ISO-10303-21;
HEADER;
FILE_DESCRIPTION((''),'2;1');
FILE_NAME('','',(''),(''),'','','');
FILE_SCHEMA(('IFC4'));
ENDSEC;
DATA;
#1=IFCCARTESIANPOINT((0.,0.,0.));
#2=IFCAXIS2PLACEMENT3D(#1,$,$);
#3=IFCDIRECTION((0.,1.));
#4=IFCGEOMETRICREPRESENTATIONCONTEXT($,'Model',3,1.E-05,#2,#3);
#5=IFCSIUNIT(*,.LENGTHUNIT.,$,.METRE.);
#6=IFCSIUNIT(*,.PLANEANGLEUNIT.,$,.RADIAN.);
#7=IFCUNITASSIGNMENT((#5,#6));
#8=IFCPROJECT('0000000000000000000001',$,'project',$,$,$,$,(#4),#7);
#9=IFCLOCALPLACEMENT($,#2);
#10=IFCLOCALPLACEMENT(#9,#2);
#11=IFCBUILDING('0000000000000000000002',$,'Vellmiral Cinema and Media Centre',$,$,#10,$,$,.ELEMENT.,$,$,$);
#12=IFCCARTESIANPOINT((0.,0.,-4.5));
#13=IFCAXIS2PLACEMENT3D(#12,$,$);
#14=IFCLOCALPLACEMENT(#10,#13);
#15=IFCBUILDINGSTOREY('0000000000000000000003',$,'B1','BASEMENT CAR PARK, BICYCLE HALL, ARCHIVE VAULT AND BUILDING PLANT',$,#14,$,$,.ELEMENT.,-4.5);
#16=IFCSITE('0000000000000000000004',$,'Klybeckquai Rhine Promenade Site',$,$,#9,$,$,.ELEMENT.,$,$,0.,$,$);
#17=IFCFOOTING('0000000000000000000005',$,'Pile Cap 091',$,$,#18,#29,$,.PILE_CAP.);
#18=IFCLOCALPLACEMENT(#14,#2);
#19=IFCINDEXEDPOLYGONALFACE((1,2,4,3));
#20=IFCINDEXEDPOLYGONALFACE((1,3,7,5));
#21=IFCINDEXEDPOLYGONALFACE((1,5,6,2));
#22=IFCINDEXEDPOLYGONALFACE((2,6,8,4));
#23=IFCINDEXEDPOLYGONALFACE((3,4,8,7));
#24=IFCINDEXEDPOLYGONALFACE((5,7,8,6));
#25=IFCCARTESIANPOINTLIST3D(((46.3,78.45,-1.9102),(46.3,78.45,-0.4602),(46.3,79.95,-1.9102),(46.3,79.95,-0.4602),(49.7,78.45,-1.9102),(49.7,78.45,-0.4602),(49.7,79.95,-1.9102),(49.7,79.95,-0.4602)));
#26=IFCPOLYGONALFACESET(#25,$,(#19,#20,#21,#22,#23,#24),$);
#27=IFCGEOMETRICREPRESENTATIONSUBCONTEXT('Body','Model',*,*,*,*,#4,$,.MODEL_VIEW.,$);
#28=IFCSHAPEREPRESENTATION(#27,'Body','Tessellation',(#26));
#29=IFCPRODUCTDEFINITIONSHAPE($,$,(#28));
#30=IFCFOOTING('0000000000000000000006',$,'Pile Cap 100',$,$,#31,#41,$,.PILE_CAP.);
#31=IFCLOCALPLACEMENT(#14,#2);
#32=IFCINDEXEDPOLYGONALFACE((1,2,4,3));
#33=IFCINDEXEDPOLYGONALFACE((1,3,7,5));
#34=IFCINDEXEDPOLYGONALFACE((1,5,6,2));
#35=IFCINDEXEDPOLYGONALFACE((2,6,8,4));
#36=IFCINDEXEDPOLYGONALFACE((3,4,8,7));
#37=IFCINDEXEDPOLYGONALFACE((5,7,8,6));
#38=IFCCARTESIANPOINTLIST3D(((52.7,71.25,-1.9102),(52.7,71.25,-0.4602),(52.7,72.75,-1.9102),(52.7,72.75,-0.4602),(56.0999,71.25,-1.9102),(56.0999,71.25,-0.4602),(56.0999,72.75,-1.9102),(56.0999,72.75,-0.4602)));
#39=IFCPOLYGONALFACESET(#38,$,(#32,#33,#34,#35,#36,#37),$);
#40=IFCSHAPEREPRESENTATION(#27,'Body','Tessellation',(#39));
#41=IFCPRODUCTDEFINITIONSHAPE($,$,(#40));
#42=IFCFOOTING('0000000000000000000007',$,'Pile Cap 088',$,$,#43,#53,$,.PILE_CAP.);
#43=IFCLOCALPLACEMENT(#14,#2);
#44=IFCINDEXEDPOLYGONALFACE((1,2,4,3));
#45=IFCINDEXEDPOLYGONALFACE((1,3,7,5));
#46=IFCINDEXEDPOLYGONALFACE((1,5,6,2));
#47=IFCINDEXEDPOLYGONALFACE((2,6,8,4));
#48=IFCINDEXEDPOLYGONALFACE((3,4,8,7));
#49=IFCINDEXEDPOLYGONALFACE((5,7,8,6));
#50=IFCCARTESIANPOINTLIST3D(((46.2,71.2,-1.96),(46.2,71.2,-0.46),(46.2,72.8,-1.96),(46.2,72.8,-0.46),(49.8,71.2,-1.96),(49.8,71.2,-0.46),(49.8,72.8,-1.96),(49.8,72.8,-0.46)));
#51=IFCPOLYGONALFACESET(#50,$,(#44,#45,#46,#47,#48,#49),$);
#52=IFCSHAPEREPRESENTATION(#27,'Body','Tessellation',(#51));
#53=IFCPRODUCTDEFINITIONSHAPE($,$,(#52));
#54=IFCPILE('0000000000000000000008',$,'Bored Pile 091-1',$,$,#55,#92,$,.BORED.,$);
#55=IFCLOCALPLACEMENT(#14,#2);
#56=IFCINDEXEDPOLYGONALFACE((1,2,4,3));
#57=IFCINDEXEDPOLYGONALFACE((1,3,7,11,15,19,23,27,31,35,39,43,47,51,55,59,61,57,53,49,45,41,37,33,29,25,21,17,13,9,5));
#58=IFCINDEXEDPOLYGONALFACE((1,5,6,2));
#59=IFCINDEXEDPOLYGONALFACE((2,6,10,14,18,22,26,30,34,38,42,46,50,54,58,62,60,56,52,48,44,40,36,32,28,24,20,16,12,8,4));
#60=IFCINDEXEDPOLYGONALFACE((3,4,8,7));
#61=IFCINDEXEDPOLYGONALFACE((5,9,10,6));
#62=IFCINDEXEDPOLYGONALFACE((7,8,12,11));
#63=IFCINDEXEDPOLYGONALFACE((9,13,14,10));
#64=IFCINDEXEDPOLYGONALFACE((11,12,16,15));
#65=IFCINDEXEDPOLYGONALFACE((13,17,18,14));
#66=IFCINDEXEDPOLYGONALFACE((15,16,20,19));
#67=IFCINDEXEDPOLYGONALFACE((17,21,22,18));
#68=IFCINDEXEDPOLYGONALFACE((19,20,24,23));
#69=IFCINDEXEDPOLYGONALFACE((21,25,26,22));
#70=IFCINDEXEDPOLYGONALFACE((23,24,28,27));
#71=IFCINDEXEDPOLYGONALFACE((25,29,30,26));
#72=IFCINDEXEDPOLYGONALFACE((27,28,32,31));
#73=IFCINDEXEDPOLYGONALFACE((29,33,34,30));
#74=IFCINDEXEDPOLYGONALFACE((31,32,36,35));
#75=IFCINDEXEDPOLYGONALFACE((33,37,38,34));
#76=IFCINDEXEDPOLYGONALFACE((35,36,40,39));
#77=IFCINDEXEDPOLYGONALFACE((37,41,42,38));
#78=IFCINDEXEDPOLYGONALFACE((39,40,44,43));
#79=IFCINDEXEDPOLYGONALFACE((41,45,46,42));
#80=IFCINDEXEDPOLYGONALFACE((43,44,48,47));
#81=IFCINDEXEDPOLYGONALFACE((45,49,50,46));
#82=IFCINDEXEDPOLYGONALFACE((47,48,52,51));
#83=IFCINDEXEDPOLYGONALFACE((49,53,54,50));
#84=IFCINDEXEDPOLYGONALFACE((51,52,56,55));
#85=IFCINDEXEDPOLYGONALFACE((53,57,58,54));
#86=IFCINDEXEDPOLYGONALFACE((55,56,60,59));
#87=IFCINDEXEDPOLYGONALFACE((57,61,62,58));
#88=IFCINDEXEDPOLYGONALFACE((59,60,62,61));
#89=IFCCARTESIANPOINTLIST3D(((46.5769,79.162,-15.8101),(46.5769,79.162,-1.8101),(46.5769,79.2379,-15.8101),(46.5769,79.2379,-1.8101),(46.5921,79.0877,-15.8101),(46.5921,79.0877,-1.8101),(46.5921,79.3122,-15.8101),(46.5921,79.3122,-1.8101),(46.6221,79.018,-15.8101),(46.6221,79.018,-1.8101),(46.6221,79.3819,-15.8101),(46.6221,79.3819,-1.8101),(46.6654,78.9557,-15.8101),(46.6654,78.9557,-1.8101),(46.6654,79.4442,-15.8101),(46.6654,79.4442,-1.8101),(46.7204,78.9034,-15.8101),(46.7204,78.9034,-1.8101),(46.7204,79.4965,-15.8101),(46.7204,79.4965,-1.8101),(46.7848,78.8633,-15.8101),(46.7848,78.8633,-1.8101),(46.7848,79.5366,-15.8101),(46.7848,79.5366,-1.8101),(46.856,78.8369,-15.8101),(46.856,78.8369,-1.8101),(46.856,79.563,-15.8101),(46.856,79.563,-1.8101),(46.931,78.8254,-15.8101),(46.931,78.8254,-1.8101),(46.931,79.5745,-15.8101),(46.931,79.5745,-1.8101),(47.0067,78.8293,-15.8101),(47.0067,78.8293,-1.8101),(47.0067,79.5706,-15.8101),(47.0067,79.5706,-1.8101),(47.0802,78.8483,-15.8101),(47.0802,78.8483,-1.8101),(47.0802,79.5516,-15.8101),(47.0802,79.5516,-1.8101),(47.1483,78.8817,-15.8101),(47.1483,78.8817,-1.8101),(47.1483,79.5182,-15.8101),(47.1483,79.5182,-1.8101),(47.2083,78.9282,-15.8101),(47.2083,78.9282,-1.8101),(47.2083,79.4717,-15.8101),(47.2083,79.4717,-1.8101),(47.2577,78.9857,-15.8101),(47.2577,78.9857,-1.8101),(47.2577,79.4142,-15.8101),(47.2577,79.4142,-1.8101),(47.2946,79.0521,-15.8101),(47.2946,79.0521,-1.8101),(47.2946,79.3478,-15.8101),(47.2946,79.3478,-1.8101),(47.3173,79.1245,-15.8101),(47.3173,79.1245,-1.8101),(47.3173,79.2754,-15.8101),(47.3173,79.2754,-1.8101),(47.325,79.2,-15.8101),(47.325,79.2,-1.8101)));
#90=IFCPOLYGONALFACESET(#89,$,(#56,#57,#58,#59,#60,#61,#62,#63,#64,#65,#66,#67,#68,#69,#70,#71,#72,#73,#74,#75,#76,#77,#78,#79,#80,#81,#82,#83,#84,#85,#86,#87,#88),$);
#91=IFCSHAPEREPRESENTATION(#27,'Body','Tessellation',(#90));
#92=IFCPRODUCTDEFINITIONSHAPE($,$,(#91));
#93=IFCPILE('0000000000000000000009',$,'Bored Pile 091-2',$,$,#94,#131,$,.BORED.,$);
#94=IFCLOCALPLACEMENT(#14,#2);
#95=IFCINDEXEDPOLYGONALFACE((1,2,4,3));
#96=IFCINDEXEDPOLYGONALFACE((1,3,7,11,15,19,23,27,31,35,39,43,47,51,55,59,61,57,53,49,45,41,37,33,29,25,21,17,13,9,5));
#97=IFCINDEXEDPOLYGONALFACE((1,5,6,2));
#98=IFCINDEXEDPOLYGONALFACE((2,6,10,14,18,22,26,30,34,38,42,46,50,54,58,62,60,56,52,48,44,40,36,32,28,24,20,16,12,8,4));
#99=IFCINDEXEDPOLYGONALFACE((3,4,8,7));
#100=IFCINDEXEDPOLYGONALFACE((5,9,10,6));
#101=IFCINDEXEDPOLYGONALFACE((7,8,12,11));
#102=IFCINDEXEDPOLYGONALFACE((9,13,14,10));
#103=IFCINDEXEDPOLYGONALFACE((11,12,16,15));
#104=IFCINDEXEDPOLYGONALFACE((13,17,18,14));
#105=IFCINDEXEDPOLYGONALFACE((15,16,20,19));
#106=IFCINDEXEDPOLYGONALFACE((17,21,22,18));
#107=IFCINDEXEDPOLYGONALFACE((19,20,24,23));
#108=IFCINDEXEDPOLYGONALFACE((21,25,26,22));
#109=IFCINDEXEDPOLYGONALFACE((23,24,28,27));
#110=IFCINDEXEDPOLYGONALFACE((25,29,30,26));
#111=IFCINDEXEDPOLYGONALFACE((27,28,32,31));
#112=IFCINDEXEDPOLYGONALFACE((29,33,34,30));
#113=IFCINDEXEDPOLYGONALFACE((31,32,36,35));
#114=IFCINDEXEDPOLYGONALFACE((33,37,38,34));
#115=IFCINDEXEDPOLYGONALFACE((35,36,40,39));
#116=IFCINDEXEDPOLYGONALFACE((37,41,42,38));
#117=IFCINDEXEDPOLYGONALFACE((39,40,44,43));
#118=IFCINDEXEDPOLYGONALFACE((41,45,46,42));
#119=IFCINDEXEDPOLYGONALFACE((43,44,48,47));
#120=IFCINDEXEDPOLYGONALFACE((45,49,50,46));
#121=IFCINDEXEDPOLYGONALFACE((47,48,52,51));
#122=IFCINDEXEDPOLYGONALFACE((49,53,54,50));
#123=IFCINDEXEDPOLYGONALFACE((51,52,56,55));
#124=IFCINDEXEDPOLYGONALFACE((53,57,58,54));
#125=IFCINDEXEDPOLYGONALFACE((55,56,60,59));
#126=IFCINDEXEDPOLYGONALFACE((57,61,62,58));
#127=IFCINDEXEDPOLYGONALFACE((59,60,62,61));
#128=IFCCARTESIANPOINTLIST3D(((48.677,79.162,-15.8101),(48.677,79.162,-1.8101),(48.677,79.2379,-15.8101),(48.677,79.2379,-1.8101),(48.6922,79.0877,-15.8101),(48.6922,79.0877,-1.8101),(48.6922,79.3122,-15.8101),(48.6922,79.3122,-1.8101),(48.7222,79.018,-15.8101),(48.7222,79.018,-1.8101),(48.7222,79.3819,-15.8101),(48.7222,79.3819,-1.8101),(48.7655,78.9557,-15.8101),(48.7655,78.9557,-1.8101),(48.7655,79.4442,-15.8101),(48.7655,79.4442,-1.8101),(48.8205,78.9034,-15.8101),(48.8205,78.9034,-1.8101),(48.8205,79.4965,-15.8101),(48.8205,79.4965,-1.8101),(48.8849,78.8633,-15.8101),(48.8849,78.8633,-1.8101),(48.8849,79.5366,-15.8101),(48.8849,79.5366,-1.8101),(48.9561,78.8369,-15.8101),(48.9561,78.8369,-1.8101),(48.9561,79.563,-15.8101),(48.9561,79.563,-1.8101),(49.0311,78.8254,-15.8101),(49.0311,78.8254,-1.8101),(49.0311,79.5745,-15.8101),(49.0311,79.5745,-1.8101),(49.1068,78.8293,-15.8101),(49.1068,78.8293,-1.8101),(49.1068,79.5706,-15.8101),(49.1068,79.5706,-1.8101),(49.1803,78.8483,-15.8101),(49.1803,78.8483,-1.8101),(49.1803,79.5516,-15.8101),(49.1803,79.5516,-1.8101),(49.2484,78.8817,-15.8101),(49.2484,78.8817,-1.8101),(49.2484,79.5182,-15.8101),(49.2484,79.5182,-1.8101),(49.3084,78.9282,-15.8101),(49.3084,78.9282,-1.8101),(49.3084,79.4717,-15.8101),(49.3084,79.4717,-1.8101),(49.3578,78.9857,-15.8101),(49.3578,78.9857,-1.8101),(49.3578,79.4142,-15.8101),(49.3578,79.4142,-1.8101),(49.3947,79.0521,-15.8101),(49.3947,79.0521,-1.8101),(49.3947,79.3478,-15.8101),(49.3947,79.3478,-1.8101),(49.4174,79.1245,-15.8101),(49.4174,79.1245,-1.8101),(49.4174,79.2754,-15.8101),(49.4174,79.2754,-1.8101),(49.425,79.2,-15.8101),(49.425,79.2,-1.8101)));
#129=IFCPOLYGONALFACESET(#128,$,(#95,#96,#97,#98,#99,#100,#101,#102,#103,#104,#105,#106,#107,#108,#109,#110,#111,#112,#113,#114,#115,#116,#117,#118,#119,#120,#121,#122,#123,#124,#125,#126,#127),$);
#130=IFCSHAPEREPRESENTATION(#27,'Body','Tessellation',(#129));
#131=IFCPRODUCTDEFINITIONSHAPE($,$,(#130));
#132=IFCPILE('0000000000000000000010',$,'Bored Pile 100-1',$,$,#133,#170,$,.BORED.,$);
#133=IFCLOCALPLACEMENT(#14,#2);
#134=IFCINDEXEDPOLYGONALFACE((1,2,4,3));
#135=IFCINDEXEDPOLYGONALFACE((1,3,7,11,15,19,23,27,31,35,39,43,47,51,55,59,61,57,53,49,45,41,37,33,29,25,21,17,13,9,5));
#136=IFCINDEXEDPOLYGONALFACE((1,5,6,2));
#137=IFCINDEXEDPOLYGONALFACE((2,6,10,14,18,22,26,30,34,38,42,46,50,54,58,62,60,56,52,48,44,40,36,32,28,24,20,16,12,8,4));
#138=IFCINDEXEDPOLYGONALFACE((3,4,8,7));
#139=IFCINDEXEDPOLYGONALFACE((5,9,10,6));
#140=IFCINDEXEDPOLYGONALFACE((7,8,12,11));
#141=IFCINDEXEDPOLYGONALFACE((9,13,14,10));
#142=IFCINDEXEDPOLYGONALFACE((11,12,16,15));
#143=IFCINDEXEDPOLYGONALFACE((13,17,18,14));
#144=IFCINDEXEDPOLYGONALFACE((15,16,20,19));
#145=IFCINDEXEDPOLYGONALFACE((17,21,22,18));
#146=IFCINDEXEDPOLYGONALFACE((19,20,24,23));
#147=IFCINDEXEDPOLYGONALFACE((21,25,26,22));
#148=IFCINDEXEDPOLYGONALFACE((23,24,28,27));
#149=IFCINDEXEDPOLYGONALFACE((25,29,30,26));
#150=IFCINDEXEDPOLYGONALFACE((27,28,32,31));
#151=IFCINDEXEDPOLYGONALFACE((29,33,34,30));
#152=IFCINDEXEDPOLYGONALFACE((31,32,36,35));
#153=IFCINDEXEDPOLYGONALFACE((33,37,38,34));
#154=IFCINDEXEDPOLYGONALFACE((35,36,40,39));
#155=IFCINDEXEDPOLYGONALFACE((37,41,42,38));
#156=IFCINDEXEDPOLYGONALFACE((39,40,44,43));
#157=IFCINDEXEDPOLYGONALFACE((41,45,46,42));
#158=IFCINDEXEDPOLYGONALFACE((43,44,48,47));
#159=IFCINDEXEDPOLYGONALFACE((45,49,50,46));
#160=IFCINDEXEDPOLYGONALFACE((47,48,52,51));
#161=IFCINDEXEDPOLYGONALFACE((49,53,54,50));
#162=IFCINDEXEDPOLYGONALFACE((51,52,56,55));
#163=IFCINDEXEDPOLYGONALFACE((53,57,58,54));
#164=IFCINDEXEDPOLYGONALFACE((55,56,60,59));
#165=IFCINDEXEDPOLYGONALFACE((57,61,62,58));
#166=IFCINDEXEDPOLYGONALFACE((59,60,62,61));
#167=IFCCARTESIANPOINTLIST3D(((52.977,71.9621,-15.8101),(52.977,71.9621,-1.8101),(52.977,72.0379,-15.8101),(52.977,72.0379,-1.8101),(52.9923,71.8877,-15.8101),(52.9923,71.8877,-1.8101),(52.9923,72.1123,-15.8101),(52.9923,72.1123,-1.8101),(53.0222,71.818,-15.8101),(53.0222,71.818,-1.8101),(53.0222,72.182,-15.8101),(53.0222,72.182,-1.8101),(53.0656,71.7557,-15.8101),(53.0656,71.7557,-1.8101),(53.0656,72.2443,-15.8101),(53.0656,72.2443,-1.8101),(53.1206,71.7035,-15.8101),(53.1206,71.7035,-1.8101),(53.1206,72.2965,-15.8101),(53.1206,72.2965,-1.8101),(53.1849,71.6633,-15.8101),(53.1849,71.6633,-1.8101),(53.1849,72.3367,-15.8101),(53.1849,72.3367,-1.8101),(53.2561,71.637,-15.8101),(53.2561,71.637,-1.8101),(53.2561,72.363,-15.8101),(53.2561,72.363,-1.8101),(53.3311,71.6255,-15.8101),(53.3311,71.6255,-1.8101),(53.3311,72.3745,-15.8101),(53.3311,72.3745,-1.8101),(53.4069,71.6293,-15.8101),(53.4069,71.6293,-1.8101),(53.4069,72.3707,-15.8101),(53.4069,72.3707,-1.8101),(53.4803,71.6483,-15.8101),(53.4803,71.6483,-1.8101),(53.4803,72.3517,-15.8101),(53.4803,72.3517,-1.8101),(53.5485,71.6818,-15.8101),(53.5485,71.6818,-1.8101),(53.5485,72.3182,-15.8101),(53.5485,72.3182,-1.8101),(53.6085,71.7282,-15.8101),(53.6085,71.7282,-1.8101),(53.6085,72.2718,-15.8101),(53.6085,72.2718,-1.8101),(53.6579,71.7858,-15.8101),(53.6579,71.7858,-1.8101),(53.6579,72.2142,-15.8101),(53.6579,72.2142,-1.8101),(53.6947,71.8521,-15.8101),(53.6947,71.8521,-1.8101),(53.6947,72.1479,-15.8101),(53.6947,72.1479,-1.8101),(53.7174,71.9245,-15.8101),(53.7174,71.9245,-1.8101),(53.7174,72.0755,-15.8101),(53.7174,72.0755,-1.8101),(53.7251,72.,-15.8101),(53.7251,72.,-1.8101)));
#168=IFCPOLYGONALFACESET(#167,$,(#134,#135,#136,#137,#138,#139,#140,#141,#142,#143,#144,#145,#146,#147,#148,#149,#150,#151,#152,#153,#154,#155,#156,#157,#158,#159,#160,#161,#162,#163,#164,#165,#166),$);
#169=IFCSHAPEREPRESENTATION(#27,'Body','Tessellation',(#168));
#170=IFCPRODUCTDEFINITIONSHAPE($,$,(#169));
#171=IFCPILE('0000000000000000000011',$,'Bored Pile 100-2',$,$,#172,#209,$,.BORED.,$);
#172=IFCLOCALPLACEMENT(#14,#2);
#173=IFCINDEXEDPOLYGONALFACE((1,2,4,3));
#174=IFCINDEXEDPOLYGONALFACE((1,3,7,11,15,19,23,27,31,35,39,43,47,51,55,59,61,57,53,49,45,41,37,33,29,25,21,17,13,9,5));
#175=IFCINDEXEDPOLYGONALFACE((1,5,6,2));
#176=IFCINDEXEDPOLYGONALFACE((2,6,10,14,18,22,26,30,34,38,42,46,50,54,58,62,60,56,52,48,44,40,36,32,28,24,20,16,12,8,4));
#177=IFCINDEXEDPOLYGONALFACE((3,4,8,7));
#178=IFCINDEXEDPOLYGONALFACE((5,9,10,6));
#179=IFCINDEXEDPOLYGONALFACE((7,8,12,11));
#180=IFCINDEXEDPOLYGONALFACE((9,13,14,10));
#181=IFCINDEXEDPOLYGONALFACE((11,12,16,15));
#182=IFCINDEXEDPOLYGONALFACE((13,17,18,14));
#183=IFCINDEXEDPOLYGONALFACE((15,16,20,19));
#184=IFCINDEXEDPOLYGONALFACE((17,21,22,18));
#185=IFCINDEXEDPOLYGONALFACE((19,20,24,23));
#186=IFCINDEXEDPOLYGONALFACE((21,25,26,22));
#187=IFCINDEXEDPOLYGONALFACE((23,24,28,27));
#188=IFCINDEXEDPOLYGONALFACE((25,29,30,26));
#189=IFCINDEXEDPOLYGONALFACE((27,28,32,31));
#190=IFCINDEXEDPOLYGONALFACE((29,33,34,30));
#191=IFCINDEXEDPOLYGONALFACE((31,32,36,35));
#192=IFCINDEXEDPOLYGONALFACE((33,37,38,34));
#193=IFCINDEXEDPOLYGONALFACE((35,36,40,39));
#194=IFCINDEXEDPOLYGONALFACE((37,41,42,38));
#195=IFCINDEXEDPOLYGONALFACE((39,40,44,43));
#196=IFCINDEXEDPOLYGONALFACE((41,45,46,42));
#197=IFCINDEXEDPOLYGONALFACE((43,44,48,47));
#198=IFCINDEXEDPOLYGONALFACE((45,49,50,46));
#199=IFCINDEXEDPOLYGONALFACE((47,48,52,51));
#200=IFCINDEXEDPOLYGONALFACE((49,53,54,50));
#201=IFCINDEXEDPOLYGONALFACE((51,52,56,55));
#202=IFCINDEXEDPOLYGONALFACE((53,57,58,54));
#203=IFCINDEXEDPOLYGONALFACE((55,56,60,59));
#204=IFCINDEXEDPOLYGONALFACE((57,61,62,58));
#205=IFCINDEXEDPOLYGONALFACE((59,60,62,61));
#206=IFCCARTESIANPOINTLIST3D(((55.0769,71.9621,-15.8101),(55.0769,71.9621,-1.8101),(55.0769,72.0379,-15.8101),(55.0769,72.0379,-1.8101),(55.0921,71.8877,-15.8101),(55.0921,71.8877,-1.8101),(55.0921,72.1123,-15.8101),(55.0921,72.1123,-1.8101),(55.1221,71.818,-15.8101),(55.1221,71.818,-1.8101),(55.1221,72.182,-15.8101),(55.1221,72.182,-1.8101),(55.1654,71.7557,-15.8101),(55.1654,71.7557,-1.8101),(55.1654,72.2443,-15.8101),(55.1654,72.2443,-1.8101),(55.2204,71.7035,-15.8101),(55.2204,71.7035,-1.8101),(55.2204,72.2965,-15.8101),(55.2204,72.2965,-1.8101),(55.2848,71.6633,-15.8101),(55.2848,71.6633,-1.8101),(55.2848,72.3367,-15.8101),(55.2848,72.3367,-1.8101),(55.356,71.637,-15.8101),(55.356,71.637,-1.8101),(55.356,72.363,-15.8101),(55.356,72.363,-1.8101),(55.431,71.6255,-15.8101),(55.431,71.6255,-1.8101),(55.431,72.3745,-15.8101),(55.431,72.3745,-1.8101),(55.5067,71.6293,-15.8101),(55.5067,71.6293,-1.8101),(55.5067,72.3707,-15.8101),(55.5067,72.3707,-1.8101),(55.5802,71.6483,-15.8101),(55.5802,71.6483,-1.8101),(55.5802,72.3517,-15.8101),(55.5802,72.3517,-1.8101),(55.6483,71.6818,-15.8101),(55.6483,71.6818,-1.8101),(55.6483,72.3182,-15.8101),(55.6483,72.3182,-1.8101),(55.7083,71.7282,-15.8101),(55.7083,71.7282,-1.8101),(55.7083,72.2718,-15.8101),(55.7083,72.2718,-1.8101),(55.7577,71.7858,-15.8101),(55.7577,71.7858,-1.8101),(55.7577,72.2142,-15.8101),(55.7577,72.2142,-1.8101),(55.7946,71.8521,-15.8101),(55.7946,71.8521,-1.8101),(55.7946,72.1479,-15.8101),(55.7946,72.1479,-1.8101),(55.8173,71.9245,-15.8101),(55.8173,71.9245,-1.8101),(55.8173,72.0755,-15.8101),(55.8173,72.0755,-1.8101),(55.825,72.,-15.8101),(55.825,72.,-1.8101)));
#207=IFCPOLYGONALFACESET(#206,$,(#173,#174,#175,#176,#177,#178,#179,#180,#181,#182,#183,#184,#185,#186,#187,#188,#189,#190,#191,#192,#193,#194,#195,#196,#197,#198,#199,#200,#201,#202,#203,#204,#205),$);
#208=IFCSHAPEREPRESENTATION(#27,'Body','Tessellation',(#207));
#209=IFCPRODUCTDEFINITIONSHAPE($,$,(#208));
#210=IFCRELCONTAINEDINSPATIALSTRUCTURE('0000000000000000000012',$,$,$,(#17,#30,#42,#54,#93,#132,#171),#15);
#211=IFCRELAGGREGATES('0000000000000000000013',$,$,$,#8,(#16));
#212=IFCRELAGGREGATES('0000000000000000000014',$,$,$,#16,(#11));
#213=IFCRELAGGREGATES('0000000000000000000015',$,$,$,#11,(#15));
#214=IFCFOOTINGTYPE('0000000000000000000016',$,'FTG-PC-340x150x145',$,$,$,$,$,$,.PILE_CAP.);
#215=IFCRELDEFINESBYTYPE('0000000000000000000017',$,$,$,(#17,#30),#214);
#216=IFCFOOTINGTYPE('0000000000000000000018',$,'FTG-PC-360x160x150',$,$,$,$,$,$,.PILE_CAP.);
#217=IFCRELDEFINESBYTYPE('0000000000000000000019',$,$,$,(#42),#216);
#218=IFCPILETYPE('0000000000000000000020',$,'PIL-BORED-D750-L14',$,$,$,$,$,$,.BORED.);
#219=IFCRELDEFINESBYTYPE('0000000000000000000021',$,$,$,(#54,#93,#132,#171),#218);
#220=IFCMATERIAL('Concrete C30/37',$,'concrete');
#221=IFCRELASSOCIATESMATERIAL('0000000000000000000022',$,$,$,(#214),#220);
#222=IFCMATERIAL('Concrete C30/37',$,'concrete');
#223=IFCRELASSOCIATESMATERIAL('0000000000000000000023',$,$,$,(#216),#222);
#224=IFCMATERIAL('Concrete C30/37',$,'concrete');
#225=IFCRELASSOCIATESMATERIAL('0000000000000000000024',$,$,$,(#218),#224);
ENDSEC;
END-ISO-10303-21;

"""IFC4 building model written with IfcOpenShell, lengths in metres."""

from ifc_helpers import new_model, si_unit, direction, frame, origin, origin_2d, place, context, subcontext, project, spatial, rectangle, circle, extrude, material, material_profile, profile_set, type_object, element, save


model = new_model("IFC4")

# Units and contexts
model_context = context("Model", 3, precision=1e-05, world=origin(), true_north=direction((0.0, 1.0)))
body_context = subcontext(model_context, "Body", "Model", "MODEL_VIEW")
ifc_project = project(units=[si_unit("LENGTHUNIT", "METRE"), si_unit("PLANEANGLEUNIT", "RADIAN")], contexts=[model_context])

# Site, building, storey
site_placement = place(None, origin())
site = spatial("IfcSite", under=ifc_project, at=site_placement, Name="Klybeckquai Rhine Promenade Site", CompositionType="ELEMENT", RefElevation=0.0)
building_placement = place(site_placement, origin())
building = spatial("IfcBuilding", under=site, at=building_placement, Name="Vellmiral Cinema and Media Centre", CompositionType="ELEMENT")
storey_placement = place(building_placement, frame((0.0, 0.0, -4.5)))
storey = spatial("IfcBuildingStorey", under=building, at=storey_placement, Name="B1", Description="BASEMENT CAR PARK, BICYCLE HALL, ARCHIVE VAULT AND BUILDING PLANT", CompositionType="ELEMENT", Elevation=-4.5)

# Footings
ifc_material_1 = material(Name="Concrete C30/37", Category="concrete")
footing_type_1 = type_object("IfcFootingType", Name="FTG-PC-340x150x145", PredefinedType="PILE_CAP", material=ifc_material_1)
for number, where, z_axis, x_axis, name in (
    (1, (48.0, 79.2, -1.9102), (0.0, 0.0, 1.0), (1.0, 0.0, 0.0), "Pile Cap 091"),
    (2, (54.3999, 72.0, -1.9102), (0.0, 0.0, 1.0), (1.0, 0.0, 0.0), "Pile Cap 100"),
):
    element("IfcFooting", number, at=place(storey_placement, frame(where, z_axis=z_axis, x_axis=x_axis)), inside=storey, type_object=footing_type_1, Name=name, PredefinedType="PILE_CAP", context=body_context, shape_type="SweptSolid", body=[
        extrude(rectangle(XDim=3.3999, YDim=1.5, at=origin_2d()), origin(), (0.0, 0.0, 1.0), 1.45),
    ])
ifc_material_2 = material(Name="Concrete C30/37", Category="concrete")
footing_type_2 = type_object("IfcFootingType", Name="FTG-PC-360x160x150", PredefinedType="PILE_CAP", material=ifc_material_2)
footing_placement = place(storey_placement, frame((48.0, 72.0, -1.96), z_axis=(0.0, 0.0, 1.0), x_axis=(1.0, 0.0, 0.0)))
element("IfcFooting", 3, at=footing_placement, inside=storey, type_object=footing_type_2, Name="Pile Cap 088", PredefinedType="PILE_CAP", context=body_context, shape_type="SweptSolid", body=[
    extrude(rectangle(XDim=3.6001, YDim=1.6001, at=origin_2d()), origin(), (0.0, 0.0, 1.0), 1.5),
])

# Piles
ifc_material_3 = material(Name="Concrete C30/37", Category="concrete")
ifc_material_profile_1 = material_profile(ifc_material_3, circle(Radius=0.375, at=origin_2d()), Name="PILE D750")
ifc_profile_set_1 = profile_set([ifc_material_profile_1], Name="Concrete C30/37")
pile_type_1 = type_object("IfcPileType", Name="PIL-BORED-D750-L14", PredefinedType="BORED", material=ifc_profile_set_1)
for number, where, z_axis, x_axis, name in (
    (4, (46.95, 79.2, -1.8101), (0.0, 0.0, -1.0), (1.0, 0.0, 0.0), "Bored Pile 091-1"),
    (5, (49.05, 79.2, -1.8101), (0.0, 0.0, -1.0), (1.0, 0.0, 0.0), "Bored Pile 091-2"),
    (6, (53.3501, 72.0, -1.8101), (0.0, 0.0, -1.0), (1.0, 0.0, 0.0), "Bored Pile 100-1"),
    (7, (55.45, 72.0, -1.8101), (0.0, 0.0, -1.0), (1.0, 0.0, 0.0), "Bored Pile 100-2"),
):
    element("IfcPile", number, at=place(storey_placement, frame(where, z_axis=z_axis, x_axis=x_axis)), inside=storey, type_object=pile_type_1, Name=name, PredefinedType="BORED", context=body_context, shape_type="SweptSolid", body=[
        extrude(circle(Radius=0.375, at=origin_2d()), origin(), (0.0, 0.0, 1.0), 14.0),
    ])

save(model, "model.ifc")
